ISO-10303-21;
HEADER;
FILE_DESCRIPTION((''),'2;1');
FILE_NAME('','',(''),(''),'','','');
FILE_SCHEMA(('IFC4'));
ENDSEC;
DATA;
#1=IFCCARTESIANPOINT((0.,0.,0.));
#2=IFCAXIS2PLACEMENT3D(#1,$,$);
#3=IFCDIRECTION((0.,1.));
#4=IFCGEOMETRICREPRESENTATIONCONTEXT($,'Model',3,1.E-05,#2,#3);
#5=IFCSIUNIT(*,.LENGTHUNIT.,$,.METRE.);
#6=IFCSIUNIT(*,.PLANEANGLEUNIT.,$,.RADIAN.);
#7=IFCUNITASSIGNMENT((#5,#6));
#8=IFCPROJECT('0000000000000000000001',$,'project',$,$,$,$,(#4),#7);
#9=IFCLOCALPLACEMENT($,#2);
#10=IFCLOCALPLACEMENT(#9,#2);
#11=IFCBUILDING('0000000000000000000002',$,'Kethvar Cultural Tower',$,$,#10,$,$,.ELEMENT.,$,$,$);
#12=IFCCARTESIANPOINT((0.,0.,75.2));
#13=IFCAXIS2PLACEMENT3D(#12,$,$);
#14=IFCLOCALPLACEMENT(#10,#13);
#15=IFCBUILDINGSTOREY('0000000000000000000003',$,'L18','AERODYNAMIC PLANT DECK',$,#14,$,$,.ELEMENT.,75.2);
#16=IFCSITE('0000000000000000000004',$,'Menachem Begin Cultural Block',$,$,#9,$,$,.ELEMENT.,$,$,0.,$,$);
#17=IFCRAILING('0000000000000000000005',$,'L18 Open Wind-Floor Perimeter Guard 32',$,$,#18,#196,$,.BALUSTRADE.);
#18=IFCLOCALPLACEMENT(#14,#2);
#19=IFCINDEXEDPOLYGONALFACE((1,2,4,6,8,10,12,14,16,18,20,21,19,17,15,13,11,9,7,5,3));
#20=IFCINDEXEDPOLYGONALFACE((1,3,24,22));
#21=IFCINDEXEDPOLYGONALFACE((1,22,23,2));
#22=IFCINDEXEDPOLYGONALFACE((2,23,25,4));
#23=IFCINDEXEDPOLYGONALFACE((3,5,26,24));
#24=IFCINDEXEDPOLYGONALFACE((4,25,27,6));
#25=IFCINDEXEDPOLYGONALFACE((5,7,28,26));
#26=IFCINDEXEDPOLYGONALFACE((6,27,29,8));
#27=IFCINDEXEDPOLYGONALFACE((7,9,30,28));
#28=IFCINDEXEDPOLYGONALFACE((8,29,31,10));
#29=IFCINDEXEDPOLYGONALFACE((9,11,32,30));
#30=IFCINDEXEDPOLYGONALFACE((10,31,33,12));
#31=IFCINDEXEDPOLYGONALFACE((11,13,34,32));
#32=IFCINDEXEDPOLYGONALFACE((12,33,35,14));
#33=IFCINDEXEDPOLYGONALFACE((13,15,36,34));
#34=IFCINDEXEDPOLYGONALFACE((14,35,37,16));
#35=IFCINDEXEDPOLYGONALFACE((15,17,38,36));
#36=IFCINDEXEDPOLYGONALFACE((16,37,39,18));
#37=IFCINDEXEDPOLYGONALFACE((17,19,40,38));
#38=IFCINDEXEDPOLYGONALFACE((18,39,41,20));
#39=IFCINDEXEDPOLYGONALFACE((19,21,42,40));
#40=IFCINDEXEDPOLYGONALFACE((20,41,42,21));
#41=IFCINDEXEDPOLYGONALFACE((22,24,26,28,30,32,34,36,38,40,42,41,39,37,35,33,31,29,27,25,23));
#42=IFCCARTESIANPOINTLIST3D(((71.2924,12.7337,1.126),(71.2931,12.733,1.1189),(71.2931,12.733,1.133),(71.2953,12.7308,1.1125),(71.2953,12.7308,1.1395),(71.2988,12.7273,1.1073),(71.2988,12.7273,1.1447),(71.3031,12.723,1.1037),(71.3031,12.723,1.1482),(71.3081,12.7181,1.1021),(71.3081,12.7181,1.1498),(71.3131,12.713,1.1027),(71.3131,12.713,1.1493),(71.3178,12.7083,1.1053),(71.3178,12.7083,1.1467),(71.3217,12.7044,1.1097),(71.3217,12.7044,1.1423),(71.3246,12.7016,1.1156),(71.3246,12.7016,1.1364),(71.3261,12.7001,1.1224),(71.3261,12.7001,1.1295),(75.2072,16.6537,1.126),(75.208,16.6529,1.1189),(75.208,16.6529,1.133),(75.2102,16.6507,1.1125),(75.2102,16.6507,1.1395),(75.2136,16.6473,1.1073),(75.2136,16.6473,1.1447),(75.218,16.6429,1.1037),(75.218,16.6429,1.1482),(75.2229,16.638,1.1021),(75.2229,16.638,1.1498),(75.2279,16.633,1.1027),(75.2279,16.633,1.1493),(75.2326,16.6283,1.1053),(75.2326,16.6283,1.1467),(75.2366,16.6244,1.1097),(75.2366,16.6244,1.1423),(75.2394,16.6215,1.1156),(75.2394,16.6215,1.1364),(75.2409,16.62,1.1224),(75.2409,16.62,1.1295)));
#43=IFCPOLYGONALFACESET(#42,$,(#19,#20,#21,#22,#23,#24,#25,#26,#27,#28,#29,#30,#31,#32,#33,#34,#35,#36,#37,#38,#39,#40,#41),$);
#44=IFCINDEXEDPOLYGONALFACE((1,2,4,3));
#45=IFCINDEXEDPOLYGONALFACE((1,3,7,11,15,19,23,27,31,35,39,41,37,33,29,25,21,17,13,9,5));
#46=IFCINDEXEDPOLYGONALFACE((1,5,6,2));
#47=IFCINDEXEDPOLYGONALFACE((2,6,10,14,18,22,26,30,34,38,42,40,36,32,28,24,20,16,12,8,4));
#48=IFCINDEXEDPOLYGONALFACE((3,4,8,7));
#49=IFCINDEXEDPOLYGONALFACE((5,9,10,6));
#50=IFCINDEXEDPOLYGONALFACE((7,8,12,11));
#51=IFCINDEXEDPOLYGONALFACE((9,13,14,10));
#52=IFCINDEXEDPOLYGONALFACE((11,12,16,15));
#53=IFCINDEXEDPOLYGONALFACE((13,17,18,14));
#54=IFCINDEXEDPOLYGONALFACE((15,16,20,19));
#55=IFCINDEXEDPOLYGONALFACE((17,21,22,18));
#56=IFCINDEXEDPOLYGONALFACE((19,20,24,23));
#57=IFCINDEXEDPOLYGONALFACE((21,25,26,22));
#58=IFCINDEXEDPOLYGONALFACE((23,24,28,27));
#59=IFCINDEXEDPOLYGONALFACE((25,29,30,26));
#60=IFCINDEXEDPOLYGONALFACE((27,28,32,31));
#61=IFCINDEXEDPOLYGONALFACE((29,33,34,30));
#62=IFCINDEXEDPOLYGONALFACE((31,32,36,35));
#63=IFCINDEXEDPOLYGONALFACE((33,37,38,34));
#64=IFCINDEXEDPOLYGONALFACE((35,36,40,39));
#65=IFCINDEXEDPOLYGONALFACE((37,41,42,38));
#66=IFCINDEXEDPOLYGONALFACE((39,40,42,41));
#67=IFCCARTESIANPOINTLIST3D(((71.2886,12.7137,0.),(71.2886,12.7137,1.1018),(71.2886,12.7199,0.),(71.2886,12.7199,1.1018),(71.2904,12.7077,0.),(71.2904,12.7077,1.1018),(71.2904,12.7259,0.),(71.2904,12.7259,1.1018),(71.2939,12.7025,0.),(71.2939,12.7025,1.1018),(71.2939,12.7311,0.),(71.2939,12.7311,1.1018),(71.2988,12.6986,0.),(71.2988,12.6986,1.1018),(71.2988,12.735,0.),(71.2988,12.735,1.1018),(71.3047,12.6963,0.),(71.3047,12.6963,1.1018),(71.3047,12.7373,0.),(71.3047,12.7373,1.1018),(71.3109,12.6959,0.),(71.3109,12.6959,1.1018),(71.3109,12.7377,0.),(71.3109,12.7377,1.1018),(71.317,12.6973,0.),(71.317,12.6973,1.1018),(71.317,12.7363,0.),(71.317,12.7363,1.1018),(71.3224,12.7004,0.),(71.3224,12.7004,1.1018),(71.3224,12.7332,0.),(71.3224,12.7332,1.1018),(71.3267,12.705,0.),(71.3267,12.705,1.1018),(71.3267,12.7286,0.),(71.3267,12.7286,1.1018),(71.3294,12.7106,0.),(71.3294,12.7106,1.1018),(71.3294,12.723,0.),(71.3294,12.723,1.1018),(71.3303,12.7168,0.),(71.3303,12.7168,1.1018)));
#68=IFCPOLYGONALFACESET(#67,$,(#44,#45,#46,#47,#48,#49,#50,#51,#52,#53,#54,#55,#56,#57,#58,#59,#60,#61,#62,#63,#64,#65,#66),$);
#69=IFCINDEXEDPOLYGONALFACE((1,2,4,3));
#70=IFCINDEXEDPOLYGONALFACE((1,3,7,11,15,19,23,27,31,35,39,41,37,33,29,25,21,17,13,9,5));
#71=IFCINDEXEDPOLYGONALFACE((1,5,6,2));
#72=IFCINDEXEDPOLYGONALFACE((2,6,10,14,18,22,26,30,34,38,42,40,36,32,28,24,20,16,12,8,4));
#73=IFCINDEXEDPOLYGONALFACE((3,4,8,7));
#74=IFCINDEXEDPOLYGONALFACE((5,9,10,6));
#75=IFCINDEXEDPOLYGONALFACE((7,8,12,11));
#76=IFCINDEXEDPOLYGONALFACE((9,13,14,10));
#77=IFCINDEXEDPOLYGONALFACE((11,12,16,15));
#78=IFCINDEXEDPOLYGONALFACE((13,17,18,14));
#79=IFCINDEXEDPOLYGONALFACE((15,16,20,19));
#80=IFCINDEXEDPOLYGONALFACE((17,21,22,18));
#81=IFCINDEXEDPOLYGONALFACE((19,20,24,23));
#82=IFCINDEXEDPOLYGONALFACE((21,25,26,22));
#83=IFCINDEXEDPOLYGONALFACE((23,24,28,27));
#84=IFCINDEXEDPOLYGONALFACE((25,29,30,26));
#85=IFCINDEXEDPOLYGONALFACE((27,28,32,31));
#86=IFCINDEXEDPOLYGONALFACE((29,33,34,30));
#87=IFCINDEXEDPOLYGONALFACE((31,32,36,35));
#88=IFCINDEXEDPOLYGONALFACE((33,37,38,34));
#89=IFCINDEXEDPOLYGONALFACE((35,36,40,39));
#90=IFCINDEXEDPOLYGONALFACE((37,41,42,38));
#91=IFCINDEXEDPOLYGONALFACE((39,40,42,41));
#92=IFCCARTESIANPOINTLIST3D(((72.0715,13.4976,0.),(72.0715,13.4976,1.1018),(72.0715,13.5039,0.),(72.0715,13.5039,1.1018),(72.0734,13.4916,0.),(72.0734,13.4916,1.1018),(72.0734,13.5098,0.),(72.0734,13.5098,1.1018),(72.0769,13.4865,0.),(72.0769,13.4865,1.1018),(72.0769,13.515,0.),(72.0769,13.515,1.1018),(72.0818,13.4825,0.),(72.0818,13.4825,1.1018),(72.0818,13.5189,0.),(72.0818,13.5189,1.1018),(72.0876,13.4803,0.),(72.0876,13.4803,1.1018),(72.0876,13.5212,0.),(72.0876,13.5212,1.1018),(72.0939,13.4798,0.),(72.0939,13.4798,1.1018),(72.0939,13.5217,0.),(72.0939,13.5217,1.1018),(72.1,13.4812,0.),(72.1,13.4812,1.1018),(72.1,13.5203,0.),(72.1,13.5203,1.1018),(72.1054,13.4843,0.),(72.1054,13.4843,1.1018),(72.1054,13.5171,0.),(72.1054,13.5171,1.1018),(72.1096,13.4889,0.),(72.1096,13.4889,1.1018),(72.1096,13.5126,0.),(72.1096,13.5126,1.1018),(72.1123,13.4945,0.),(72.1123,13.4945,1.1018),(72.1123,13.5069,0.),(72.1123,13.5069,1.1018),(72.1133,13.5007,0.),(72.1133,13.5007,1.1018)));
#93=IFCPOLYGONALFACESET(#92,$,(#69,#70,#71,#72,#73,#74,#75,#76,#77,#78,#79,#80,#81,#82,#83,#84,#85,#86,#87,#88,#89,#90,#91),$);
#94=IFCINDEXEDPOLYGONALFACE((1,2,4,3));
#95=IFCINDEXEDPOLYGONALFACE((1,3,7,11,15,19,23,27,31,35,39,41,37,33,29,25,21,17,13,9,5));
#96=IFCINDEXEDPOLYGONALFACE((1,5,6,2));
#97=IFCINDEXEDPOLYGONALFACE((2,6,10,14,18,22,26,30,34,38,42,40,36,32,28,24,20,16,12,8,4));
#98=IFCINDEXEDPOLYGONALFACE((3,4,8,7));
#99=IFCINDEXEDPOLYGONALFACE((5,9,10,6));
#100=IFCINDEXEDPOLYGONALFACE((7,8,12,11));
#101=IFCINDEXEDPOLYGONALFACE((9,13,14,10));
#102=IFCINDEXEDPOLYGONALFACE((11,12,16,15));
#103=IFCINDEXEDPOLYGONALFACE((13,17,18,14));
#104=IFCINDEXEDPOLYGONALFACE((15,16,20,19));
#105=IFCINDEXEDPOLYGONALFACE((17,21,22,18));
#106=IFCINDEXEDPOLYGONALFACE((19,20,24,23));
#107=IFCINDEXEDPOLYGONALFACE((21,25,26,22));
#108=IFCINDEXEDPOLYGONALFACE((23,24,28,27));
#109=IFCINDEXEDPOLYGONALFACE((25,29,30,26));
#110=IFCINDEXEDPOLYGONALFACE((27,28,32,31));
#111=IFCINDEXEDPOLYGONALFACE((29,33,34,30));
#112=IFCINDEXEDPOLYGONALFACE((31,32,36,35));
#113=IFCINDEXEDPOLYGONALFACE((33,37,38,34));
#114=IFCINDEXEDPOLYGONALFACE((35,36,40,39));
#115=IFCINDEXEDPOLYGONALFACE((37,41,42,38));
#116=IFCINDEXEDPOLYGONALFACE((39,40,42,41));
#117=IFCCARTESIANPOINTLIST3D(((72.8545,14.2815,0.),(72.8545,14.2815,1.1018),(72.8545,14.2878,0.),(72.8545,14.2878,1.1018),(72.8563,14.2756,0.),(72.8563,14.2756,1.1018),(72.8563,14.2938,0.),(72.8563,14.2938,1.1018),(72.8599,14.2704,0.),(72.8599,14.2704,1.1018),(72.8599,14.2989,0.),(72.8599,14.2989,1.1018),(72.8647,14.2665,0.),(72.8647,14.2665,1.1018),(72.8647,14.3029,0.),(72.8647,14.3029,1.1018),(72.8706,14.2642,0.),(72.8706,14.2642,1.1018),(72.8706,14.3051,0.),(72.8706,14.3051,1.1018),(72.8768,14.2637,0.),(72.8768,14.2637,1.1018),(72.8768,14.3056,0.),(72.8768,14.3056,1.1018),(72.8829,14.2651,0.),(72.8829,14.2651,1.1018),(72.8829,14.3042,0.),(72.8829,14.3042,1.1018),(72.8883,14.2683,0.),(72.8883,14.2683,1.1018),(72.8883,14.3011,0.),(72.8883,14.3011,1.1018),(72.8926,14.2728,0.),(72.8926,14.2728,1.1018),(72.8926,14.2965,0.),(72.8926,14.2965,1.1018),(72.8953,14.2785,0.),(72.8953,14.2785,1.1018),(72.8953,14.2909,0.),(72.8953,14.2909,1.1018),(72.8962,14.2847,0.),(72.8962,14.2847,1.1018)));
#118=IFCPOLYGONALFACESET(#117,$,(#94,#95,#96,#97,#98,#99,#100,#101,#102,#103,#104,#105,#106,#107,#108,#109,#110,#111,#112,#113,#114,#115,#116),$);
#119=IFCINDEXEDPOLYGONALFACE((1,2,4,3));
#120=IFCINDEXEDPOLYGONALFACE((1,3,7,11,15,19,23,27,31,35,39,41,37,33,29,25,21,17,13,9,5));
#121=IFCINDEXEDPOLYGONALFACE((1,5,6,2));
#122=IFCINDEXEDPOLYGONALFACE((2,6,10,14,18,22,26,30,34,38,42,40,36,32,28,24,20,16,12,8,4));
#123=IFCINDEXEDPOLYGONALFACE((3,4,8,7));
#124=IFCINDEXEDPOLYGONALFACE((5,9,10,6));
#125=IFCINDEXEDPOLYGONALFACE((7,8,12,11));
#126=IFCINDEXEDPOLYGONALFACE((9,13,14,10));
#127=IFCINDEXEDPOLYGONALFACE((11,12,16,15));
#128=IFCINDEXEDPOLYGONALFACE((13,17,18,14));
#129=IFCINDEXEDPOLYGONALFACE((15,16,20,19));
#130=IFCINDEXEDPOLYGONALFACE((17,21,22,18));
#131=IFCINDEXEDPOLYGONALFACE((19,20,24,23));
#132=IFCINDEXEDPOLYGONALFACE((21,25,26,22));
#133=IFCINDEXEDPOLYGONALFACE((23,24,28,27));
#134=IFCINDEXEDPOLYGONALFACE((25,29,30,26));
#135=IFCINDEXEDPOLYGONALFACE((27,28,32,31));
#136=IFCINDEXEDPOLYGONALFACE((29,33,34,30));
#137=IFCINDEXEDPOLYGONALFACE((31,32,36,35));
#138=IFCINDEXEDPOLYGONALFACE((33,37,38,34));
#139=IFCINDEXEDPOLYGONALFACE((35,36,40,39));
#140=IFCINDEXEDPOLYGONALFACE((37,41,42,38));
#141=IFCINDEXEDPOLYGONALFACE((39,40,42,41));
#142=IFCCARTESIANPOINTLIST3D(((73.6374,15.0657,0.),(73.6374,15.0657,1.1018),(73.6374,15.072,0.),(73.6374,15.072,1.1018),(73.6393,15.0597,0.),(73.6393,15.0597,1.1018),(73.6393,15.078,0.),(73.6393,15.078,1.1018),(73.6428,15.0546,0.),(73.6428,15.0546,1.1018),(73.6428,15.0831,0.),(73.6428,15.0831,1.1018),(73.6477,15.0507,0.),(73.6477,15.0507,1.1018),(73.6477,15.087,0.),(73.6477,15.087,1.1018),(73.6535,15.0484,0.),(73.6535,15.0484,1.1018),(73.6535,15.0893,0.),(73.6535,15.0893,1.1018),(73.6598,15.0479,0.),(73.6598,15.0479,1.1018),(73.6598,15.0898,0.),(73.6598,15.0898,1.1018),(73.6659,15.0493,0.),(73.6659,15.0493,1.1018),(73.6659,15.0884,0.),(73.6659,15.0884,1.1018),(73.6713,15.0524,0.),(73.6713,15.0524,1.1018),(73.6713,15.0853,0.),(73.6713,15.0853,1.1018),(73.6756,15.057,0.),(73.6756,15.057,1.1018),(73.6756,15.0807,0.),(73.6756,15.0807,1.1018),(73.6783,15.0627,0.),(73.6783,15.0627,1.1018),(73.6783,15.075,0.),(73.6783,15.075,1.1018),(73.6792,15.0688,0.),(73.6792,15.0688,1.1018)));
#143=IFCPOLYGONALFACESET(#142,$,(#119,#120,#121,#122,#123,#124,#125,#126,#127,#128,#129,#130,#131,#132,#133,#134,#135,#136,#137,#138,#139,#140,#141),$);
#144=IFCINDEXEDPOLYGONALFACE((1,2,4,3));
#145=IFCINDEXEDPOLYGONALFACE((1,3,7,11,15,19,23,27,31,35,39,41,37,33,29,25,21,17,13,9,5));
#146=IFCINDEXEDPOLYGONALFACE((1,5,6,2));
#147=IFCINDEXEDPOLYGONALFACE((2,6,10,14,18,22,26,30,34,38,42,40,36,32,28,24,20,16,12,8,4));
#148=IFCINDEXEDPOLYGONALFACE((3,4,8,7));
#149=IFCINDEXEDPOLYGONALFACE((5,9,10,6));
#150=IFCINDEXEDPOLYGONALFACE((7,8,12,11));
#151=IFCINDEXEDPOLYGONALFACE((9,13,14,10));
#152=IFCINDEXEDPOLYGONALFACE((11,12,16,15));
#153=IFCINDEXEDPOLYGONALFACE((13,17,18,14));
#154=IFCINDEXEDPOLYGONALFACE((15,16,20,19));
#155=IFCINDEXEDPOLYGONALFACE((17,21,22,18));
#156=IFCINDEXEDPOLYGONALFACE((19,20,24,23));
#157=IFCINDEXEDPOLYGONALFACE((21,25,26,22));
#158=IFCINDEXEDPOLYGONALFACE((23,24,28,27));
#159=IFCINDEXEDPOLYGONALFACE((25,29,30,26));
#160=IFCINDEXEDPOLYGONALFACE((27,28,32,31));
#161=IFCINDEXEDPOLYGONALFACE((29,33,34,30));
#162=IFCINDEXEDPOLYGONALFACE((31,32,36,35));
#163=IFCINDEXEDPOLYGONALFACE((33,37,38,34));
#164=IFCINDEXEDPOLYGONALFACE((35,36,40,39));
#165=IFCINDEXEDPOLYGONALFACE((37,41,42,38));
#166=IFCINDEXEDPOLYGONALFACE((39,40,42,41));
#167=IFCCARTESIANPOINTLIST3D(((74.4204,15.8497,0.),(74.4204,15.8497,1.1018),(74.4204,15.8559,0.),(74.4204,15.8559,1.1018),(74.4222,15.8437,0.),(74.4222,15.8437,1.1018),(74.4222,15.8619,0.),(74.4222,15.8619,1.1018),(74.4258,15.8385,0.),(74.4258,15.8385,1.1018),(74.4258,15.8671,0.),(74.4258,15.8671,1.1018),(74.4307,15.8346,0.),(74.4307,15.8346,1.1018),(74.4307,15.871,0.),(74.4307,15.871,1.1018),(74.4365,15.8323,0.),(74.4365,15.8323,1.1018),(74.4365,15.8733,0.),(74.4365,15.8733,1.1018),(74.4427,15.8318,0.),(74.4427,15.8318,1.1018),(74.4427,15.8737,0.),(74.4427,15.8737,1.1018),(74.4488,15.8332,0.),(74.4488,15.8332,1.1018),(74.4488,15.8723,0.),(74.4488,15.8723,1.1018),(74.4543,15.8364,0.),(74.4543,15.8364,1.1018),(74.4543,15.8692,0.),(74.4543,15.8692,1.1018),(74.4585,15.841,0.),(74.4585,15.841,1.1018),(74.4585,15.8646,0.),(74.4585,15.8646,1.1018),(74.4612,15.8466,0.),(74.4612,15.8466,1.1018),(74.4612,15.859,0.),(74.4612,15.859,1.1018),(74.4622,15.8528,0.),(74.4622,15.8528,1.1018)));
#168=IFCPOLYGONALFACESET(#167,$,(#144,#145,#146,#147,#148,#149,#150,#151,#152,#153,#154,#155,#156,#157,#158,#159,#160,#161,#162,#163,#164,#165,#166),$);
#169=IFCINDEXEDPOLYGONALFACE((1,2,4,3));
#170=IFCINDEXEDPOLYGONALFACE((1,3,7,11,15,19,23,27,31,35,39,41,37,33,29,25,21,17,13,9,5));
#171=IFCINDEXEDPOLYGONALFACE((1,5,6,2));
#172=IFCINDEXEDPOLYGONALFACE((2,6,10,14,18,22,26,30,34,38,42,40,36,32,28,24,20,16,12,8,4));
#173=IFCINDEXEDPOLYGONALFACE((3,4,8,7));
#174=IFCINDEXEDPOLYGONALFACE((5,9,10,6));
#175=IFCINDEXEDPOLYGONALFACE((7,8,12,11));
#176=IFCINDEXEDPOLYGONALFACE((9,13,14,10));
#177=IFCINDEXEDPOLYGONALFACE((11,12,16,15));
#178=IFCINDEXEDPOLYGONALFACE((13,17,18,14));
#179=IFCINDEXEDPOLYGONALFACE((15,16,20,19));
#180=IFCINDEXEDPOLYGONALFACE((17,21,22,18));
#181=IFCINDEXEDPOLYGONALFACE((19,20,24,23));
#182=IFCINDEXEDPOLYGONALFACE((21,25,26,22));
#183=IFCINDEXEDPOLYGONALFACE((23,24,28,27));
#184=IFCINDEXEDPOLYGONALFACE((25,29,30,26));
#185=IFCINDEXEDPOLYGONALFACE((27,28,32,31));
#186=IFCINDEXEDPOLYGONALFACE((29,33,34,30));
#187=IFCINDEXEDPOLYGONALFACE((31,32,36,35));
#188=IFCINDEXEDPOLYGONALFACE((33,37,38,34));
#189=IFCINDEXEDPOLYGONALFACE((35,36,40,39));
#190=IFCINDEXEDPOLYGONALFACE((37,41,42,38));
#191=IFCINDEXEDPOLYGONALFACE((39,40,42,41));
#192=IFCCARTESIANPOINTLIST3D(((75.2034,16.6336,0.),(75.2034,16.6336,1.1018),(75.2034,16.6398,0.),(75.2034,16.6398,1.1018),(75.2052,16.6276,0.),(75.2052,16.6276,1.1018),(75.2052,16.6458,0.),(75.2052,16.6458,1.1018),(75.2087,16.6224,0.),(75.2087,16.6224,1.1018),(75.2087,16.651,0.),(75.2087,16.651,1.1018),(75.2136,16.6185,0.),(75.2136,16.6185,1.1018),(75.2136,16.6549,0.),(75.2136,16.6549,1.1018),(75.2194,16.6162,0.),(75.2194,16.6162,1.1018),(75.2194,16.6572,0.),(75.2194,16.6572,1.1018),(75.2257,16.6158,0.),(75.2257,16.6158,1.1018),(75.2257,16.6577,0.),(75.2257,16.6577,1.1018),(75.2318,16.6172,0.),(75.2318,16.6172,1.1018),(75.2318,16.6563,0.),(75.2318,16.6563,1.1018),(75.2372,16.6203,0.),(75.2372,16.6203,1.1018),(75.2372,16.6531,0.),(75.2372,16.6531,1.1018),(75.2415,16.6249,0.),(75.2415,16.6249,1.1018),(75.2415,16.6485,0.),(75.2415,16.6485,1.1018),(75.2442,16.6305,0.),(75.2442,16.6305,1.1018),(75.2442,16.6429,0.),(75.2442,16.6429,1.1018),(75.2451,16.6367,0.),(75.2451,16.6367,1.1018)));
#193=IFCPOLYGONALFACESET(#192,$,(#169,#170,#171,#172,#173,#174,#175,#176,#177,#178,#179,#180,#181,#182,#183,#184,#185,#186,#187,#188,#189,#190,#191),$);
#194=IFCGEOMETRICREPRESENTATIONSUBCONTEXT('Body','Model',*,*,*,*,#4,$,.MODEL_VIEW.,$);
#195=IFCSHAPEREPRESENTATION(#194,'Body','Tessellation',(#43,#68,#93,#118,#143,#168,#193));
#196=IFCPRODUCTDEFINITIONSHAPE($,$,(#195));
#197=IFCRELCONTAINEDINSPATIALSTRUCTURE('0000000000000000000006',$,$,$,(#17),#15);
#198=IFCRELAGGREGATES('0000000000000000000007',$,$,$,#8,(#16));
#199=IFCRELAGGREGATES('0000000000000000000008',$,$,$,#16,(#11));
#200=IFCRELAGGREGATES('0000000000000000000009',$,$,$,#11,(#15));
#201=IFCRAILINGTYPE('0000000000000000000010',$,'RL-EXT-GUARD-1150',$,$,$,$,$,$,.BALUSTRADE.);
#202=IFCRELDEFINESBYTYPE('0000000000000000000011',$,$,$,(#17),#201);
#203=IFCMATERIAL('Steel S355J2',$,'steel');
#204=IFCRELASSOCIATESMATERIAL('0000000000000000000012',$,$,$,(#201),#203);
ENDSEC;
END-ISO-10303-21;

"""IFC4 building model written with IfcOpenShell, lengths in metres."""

from ifc_helpers import new_model, si_unit, direction, frame, origin, origin_2d, place, context, subcontext, project, spatial, circle, extrude, material, type_object, element, save


model = new_model("IFC4")

# Units and contexts
model_context = context("Model", 3, precision=1e-05, world=origin(), true_north=direction((0.0, 1.0)))
body_context = subcontext(model_context, "Body", "Model", "MODEL_VIEW")
ifc_project = project(units=[si_unit("LENGTHUNIT", "METRE"), si_unit("PLANEANGLEUNIT", "RADIAN")], contexts=[model_context])

# Site, building, storey
site_placement = place(None, origin())
site = spatial("IfcSite", under=ifc_project, at=site_placement, Name="Menachem Begin Cultural Block", CompositionType="ELEMENT", RefElevation=0.0)
building_placement = place(site_placement, origin())
building = spatial("IfcBuilding", under=site, at=building_placement, Name="Kethvar Cultural Tower", CompositionType="ELEMENT")
storey_placement = place(building_placement, frame((0.0, 0.0, 75.2)))
storey = spatial("IfcBuildingStorey", under=building, at=storey_placement, Name="L18", Description="AERODYNAMIC PLANT DECK", CompositionType="ELEMENT", Elevation=75.2)

# Shared definitions
ifc_material_1 = material(Name="Steel S355J2", Category="steel")

# Railing
railing_type = type_object("IfcRailingType", Name="RL-EXT-GUARD-1150", PredefinedType="BALUSTRADE", material=ifc_material_1)
railing_1_placement = place(storey_placement, frame((71.3093, 12.7168, 0.0)))
element("IfcRailing", 1, at=railing_1_placement, inside=storey, type_object=railing_type, Name="L18 Open Wind-Floor Perimeter Guard 32", PredefinedType="BALUSTRADE", context=body_context, shape_type="SweptSolid", body=[
    extrude(circle(Radius=0.0239, at=origin_2d()), frame((0.0, 0.0, 1.126), z_axis=(0.706644, 0.707569, 0.0), x_axis=(-0.707569, 0.706644, 0.0)), (0.0, 0.0, 1.0), 5.54),
    extrude(circle(Radius=0.021, at=origin_2d()), origin(), (0.0, 0.0, 1.0), 1.1018),
    extrude(circle(Radius=0.021, at=origin_2d()), frame((0.783, 0.7839, 0.0)), (0.0, 0.0, 1.0), 1.1018),
    extrude(circle(Radius=0.021, at=origin_2d()), frame((1.5659, 1.5679, 0.0)), (0.0, 0.0, 1.0), 1.1018),
    extrude(circle(Radius=0.021, at=origin_2d()), frame((2.3489, 2.3521, 0.0)), (0.0, 0.0, 1.0), 1.1018),
    extrude(circle(Radius=0.021, at=origin_2d()), frame((3.1318, 3.136, 0.0)), (0.0, 0.0, 1.0), 1.1018),
    extrude(circle(Radius=0.021, at=origin_2d()), frame((3.9148, 3.9199, 0.0)), (0.0, 0.0, 1.0), 1.1018),
])

save(model, "model.ifc")
